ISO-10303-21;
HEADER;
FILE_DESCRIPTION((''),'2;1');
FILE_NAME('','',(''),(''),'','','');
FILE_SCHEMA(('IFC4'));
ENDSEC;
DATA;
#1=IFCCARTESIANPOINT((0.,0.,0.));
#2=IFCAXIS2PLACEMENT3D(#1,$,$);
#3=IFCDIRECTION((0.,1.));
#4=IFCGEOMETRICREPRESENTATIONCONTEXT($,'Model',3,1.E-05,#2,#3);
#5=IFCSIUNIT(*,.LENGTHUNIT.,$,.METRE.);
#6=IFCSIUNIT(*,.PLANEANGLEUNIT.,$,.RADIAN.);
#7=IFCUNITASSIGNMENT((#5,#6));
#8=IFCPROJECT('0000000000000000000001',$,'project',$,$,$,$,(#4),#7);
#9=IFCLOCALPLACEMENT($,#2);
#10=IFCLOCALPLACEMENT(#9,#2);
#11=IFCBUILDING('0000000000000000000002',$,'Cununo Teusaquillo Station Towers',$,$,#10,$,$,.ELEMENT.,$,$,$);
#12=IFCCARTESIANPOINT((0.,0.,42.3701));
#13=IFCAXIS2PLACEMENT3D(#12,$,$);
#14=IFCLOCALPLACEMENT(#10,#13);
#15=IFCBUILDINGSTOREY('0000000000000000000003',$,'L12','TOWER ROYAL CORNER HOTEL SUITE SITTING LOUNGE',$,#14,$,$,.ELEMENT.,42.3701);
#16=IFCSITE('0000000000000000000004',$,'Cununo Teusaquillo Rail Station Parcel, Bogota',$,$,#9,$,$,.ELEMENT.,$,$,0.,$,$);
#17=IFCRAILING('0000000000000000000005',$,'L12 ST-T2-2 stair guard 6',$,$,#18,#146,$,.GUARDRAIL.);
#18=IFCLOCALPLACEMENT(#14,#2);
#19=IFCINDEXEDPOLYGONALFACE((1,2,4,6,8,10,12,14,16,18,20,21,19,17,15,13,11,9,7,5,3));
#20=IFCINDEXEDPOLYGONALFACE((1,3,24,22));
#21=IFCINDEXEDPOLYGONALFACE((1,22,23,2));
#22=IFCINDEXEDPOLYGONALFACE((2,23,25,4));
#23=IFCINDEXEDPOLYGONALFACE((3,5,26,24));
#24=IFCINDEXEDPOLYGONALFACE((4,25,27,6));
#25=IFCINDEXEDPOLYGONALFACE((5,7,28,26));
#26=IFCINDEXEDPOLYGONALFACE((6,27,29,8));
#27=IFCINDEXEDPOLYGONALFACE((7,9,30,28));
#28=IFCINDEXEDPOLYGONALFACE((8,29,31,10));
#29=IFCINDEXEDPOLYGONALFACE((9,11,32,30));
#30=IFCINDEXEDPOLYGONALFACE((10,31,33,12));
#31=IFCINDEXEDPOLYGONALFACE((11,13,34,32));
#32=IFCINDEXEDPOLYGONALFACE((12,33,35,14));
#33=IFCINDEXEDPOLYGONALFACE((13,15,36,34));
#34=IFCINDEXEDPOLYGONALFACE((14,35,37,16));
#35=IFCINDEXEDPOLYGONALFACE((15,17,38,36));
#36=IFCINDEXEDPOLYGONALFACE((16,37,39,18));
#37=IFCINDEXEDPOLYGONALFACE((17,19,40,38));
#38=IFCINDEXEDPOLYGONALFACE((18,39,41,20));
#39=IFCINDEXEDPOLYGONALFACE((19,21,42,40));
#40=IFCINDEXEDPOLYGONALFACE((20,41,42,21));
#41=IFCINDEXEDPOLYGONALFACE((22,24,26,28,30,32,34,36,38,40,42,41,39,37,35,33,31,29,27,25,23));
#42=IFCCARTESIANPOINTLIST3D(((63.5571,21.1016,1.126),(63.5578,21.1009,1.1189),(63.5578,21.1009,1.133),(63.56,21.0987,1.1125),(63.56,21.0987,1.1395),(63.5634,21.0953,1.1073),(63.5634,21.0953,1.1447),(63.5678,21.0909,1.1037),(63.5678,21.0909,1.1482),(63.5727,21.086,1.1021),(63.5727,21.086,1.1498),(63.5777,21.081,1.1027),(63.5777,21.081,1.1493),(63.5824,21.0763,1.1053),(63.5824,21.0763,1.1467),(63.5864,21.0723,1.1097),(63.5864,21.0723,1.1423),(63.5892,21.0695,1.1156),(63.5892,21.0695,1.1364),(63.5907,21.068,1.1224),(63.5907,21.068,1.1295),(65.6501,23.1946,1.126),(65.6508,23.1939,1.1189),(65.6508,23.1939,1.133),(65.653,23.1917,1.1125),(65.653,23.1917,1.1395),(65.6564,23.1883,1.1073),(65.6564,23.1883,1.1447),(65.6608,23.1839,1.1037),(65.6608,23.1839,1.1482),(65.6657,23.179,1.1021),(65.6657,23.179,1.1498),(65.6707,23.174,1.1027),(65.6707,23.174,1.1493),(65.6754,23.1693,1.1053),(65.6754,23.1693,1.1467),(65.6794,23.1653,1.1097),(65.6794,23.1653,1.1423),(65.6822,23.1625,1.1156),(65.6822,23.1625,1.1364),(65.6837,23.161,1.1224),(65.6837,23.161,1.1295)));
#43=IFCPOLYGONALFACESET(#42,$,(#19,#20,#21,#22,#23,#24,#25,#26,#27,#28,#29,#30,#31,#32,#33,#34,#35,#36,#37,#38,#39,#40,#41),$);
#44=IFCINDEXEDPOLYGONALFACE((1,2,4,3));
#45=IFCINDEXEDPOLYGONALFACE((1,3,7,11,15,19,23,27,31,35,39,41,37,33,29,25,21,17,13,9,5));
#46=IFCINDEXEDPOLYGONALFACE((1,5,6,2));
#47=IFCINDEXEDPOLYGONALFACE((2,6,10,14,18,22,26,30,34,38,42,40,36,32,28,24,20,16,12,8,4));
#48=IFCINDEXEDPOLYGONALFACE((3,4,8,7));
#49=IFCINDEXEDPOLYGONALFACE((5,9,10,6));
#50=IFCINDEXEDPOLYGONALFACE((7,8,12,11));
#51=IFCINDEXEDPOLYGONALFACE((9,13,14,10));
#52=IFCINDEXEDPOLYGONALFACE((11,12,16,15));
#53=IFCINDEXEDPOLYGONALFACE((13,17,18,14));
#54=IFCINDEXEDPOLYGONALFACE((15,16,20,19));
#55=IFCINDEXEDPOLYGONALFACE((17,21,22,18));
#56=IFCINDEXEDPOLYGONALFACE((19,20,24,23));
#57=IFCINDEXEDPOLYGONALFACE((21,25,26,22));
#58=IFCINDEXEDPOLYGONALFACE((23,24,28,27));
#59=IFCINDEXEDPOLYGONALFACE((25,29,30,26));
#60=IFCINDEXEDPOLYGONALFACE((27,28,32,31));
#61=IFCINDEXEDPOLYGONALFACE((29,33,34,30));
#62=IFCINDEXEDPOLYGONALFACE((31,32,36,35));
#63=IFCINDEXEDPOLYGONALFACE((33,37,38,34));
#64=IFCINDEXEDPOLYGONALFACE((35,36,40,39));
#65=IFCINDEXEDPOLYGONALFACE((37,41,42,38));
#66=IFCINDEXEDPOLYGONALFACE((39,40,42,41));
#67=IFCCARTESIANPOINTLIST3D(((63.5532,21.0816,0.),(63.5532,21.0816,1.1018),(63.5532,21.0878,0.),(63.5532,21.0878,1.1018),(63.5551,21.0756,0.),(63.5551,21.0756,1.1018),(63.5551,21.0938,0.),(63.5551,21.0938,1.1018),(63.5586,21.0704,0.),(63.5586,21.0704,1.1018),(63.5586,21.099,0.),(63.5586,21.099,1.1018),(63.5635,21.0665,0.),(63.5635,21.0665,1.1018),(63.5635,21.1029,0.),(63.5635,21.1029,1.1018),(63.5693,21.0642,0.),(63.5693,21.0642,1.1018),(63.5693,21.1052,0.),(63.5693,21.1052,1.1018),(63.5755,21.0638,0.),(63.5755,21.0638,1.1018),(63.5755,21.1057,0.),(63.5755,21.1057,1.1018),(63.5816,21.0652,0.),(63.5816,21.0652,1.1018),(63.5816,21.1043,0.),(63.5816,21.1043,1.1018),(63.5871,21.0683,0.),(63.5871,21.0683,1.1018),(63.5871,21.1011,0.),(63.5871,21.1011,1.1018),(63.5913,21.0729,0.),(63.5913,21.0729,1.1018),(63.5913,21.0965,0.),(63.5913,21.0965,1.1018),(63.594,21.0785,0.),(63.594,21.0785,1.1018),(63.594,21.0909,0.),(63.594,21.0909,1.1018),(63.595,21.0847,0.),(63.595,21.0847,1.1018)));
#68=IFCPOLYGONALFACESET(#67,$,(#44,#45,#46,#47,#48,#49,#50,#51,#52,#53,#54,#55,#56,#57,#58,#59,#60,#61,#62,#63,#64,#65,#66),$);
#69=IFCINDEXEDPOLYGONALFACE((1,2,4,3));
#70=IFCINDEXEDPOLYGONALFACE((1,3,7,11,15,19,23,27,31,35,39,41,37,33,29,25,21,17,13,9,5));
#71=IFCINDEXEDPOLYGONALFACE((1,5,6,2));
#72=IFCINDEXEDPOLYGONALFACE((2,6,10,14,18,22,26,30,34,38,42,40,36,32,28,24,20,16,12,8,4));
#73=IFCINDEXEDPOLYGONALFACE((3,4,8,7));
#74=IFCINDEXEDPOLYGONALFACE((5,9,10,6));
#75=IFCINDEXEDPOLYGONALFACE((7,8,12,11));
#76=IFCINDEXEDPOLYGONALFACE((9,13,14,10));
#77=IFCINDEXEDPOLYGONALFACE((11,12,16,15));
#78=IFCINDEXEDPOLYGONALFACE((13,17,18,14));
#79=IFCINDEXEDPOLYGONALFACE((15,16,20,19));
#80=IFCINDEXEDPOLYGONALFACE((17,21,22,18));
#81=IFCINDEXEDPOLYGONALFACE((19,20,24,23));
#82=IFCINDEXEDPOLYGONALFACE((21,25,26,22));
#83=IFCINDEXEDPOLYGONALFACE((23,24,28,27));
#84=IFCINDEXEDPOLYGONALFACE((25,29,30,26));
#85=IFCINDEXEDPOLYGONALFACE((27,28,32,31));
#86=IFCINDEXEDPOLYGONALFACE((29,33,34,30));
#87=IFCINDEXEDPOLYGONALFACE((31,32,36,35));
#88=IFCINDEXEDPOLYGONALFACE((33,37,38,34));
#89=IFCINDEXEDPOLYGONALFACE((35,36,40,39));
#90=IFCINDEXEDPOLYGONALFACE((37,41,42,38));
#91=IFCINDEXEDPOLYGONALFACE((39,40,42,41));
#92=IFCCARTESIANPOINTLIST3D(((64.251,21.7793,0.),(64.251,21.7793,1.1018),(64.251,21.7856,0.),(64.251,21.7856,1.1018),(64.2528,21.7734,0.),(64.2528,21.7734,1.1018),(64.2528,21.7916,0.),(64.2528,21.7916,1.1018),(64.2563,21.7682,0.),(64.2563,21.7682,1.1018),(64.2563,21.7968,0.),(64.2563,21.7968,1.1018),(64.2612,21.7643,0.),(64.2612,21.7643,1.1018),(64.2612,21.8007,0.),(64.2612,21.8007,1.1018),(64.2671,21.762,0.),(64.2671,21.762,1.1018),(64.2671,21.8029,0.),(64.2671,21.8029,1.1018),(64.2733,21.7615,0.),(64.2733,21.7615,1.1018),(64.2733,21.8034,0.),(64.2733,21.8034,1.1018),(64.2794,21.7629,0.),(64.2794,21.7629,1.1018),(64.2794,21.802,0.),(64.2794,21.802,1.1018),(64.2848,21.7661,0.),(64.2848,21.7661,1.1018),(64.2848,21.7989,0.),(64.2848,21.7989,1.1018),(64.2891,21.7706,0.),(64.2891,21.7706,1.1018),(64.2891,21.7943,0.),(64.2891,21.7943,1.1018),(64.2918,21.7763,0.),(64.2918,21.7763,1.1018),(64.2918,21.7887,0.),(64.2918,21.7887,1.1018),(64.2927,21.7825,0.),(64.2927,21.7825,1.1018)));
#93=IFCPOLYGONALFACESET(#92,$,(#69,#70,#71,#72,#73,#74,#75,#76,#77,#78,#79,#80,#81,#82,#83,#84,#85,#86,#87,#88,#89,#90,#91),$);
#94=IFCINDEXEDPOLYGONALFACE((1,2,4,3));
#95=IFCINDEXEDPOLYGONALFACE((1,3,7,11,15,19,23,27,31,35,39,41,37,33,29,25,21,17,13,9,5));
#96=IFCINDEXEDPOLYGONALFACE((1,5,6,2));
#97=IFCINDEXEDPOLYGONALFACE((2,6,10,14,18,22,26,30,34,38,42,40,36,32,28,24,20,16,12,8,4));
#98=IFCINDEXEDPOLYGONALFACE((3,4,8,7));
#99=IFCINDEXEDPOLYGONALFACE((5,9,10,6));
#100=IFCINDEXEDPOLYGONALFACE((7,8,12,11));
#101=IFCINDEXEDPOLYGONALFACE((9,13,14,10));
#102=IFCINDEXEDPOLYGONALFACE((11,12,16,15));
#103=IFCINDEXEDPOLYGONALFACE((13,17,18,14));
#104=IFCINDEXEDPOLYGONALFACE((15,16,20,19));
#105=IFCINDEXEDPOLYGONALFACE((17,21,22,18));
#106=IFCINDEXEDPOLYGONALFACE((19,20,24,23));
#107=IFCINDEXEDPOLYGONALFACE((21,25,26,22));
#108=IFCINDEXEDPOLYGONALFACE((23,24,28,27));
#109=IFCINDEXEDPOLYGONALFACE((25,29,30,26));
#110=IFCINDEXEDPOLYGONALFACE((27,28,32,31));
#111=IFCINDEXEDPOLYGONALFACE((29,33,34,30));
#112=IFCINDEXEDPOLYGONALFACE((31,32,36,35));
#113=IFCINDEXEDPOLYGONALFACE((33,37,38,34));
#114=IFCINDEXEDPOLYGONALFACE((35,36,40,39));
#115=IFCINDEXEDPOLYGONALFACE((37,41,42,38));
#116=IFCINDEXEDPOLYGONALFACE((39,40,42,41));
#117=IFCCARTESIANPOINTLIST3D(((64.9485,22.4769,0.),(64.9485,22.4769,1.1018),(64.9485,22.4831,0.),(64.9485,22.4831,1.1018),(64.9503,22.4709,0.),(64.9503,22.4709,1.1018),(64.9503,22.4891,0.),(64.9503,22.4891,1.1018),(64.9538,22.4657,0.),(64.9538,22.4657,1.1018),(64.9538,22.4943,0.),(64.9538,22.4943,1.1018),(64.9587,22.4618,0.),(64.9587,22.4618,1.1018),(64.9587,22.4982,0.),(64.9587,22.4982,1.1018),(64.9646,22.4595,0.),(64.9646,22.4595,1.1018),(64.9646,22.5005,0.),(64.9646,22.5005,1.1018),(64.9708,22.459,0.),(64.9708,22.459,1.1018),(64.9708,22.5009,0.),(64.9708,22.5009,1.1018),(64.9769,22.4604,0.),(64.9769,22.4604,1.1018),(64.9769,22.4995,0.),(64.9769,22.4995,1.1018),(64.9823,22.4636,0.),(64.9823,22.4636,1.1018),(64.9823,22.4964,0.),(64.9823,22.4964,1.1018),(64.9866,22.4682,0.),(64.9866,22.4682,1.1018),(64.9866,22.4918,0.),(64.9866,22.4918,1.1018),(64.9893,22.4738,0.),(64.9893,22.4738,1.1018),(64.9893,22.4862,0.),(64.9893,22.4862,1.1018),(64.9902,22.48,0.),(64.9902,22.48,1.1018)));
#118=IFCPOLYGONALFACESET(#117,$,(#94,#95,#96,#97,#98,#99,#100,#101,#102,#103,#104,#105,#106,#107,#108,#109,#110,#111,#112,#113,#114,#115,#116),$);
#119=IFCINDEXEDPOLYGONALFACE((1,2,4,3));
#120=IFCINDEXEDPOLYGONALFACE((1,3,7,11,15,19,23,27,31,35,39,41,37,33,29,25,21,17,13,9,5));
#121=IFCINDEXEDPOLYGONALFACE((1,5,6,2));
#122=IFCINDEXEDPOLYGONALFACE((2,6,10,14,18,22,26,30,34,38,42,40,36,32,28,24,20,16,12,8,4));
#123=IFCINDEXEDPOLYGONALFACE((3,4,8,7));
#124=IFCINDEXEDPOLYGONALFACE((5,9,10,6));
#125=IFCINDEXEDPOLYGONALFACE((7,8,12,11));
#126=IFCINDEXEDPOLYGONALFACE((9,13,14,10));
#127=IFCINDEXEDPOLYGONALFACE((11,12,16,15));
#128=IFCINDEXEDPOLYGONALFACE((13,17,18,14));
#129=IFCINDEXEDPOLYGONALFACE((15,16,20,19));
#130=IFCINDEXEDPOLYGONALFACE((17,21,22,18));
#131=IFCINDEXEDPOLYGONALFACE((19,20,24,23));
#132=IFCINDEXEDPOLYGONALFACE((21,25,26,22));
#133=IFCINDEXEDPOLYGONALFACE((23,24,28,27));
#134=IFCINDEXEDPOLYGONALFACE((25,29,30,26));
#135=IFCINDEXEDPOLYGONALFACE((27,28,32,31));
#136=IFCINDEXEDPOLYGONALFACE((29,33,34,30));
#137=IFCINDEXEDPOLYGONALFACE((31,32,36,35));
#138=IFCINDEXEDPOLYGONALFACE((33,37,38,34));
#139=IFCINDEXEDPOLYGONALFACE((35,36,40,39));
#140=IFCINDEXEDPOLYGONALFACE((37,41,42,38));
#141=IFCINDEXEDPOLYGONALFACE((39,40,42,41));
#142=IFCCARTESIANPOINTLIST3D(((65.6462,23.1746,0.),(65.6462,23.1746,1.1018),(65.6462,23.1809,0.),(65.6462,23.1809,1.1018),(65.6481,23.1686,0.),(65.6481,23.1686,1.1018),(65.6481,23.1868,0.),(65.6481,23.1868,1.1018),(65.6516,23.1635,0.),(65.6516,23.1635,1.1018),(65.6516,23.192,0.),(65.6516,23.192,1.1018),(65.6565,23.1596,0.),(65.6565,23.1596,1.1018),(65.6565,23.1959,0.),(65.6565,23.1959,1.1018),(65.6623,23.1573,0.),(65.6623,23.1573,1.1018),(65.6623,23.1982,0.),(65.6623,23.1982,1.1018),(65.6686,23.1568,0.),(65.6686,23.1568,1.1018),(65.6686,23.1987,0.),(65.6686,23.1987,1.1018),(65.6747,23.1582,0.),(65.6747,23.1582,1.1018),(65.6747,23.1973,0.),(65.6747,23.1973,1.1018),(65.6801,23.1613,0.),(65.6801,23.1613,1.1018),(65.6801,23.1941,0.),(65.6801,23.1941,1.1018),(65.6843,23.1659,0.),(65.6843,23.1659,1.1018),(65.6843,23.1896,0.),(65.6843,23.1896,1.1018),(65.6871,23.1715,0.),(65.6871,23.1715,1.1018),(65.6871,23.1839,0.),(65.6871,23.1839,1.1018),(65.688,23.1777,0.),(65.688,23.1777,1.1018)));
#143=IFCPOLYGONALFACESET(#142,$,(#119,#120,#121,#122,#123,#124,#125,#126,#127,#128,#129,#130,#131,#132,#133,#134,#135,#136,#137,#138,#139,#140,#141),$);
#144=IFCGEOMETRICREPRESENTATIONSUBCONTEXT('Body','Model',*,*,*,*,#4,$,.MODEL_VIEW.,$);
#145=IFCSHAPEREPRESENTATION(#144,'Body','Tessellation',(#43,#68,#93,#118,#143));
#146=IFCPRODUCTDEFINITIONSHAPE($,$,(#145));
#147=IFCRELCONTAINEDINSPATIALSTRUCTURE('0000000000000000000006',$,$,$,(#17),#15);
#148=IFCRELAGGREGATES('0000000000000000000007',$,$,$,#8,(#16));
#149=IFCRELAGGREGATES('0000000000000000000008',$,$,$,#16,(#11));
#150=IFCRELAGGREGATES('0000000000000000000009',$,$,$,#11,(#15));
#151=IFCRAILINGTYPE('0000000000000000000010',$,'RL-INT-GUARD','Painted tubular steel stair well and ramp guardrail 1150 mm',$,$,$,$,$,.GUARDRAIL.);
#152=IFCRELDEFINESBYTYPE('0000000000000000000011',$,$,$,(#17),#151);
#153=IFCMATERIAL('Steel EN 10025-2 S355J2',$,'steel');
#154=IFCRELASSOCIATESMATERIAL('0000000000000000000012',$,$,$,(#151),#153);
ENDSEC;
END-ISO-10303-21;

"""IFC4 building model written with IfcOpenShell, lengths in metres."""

from ifc_helpers import new_model, si_unit, direction, frame, origin, origin_2d, place, context, subcontext, project, spatial, circle, extrude, material, type_object, element, save


model = new_model("IFC4")

# Units and contexts
model_context = context("Model", 3, precision=1e-05, world=origin(), true_north=direction((0.0, 1.0)))
body_context = subcontext(model_context, "Body", "Model", "MODEL_VIEW")
ifc_project = project(units=[si_unit("LENGTHUNIT", "METRE"), si_unit("PLANEANGLEUNIT", "RADIAN")], contexts=[model_context])

# Site, building, storey
site_placement = place(None, origin())
site = spatial("IfcSite", under=ifc_project, at=site_placement, Name="Cununo Teusaquillo Rail Station Parcel, Bogota", CompositionType="ELEMENT", RefElevation=0.0)
building_placement = place(site_placement, origin())
building = spatial("IfcBuilding", under=site, at=building_placement, Name="Cununo Teusaquillo Station Towers", CompositionType="ELEMENT")
storey_placement = place(building_placement, frame((0.0, 0.0, 42.3701)))
storey = spatial("IfcBuildingStorey", under=building, at=storey_placement, Name="L12", Description="TOWER ROYAL CORNER HOTEL SUITE SITTING LOUNGE", CompositionType="ELEMENT", Elevation=42.3701)

# Railing
ifc_material_1 = material(Name="Steel EN 10025-2 S355J2", Category="steel")
railing_type = type_object("IfcRailingType", Name="RL-INT-GUARD", Description="Painted tubular steel stair well and ramp guardrail 1150 mm", PredefinedType="GUARDRAIL", material=ifc_material_1)
railing_1_placement = place(storey_placement, frame((63.574, 21.0847, 0.0)))
element("IfcRailing", 1, at=railing_1_placement, inside=storey, type_object=railing_type, Name="L12 ST-T2-2 stair guard 6", PredefinedType="GUARDRAIL", context=body_context, shape_type="SweptSolid", body=[
    extrude(circle(Radius=0.0239, at=origin_2d()), frame((0.0, 0.0, 1.126), z_axis=(0.707107, 0.707107, 0.0), x_axis=(-0.707107, 0.707107, 0.0)), (0.0, 0.0, 1.0), 2.96),
    extrude(circle(Radius=0.021, at=origin_2d()), origin(), (0.0, 0.0, 1.0), 1.1018),
    extrude(circle(Radius=0.021, at=origin_2d()), frame((0.6978, 0.6978, 0.0)), (0.0, 0.0, 1.0), 1.1018),
    extrude(circle(Radius=0.021, at=origin_2d()), frame((1.3953, 1.3953, 0.0)), (0.0, 0.0, 1.0), 1.1018),
    extrude(circle(Radius=0.021, at=origin_2d()), frame((2.093, 2.093, 0.0)), (0.0, 0.0, 1.0), 1.1018),
])

save(model, "model.ifc")
